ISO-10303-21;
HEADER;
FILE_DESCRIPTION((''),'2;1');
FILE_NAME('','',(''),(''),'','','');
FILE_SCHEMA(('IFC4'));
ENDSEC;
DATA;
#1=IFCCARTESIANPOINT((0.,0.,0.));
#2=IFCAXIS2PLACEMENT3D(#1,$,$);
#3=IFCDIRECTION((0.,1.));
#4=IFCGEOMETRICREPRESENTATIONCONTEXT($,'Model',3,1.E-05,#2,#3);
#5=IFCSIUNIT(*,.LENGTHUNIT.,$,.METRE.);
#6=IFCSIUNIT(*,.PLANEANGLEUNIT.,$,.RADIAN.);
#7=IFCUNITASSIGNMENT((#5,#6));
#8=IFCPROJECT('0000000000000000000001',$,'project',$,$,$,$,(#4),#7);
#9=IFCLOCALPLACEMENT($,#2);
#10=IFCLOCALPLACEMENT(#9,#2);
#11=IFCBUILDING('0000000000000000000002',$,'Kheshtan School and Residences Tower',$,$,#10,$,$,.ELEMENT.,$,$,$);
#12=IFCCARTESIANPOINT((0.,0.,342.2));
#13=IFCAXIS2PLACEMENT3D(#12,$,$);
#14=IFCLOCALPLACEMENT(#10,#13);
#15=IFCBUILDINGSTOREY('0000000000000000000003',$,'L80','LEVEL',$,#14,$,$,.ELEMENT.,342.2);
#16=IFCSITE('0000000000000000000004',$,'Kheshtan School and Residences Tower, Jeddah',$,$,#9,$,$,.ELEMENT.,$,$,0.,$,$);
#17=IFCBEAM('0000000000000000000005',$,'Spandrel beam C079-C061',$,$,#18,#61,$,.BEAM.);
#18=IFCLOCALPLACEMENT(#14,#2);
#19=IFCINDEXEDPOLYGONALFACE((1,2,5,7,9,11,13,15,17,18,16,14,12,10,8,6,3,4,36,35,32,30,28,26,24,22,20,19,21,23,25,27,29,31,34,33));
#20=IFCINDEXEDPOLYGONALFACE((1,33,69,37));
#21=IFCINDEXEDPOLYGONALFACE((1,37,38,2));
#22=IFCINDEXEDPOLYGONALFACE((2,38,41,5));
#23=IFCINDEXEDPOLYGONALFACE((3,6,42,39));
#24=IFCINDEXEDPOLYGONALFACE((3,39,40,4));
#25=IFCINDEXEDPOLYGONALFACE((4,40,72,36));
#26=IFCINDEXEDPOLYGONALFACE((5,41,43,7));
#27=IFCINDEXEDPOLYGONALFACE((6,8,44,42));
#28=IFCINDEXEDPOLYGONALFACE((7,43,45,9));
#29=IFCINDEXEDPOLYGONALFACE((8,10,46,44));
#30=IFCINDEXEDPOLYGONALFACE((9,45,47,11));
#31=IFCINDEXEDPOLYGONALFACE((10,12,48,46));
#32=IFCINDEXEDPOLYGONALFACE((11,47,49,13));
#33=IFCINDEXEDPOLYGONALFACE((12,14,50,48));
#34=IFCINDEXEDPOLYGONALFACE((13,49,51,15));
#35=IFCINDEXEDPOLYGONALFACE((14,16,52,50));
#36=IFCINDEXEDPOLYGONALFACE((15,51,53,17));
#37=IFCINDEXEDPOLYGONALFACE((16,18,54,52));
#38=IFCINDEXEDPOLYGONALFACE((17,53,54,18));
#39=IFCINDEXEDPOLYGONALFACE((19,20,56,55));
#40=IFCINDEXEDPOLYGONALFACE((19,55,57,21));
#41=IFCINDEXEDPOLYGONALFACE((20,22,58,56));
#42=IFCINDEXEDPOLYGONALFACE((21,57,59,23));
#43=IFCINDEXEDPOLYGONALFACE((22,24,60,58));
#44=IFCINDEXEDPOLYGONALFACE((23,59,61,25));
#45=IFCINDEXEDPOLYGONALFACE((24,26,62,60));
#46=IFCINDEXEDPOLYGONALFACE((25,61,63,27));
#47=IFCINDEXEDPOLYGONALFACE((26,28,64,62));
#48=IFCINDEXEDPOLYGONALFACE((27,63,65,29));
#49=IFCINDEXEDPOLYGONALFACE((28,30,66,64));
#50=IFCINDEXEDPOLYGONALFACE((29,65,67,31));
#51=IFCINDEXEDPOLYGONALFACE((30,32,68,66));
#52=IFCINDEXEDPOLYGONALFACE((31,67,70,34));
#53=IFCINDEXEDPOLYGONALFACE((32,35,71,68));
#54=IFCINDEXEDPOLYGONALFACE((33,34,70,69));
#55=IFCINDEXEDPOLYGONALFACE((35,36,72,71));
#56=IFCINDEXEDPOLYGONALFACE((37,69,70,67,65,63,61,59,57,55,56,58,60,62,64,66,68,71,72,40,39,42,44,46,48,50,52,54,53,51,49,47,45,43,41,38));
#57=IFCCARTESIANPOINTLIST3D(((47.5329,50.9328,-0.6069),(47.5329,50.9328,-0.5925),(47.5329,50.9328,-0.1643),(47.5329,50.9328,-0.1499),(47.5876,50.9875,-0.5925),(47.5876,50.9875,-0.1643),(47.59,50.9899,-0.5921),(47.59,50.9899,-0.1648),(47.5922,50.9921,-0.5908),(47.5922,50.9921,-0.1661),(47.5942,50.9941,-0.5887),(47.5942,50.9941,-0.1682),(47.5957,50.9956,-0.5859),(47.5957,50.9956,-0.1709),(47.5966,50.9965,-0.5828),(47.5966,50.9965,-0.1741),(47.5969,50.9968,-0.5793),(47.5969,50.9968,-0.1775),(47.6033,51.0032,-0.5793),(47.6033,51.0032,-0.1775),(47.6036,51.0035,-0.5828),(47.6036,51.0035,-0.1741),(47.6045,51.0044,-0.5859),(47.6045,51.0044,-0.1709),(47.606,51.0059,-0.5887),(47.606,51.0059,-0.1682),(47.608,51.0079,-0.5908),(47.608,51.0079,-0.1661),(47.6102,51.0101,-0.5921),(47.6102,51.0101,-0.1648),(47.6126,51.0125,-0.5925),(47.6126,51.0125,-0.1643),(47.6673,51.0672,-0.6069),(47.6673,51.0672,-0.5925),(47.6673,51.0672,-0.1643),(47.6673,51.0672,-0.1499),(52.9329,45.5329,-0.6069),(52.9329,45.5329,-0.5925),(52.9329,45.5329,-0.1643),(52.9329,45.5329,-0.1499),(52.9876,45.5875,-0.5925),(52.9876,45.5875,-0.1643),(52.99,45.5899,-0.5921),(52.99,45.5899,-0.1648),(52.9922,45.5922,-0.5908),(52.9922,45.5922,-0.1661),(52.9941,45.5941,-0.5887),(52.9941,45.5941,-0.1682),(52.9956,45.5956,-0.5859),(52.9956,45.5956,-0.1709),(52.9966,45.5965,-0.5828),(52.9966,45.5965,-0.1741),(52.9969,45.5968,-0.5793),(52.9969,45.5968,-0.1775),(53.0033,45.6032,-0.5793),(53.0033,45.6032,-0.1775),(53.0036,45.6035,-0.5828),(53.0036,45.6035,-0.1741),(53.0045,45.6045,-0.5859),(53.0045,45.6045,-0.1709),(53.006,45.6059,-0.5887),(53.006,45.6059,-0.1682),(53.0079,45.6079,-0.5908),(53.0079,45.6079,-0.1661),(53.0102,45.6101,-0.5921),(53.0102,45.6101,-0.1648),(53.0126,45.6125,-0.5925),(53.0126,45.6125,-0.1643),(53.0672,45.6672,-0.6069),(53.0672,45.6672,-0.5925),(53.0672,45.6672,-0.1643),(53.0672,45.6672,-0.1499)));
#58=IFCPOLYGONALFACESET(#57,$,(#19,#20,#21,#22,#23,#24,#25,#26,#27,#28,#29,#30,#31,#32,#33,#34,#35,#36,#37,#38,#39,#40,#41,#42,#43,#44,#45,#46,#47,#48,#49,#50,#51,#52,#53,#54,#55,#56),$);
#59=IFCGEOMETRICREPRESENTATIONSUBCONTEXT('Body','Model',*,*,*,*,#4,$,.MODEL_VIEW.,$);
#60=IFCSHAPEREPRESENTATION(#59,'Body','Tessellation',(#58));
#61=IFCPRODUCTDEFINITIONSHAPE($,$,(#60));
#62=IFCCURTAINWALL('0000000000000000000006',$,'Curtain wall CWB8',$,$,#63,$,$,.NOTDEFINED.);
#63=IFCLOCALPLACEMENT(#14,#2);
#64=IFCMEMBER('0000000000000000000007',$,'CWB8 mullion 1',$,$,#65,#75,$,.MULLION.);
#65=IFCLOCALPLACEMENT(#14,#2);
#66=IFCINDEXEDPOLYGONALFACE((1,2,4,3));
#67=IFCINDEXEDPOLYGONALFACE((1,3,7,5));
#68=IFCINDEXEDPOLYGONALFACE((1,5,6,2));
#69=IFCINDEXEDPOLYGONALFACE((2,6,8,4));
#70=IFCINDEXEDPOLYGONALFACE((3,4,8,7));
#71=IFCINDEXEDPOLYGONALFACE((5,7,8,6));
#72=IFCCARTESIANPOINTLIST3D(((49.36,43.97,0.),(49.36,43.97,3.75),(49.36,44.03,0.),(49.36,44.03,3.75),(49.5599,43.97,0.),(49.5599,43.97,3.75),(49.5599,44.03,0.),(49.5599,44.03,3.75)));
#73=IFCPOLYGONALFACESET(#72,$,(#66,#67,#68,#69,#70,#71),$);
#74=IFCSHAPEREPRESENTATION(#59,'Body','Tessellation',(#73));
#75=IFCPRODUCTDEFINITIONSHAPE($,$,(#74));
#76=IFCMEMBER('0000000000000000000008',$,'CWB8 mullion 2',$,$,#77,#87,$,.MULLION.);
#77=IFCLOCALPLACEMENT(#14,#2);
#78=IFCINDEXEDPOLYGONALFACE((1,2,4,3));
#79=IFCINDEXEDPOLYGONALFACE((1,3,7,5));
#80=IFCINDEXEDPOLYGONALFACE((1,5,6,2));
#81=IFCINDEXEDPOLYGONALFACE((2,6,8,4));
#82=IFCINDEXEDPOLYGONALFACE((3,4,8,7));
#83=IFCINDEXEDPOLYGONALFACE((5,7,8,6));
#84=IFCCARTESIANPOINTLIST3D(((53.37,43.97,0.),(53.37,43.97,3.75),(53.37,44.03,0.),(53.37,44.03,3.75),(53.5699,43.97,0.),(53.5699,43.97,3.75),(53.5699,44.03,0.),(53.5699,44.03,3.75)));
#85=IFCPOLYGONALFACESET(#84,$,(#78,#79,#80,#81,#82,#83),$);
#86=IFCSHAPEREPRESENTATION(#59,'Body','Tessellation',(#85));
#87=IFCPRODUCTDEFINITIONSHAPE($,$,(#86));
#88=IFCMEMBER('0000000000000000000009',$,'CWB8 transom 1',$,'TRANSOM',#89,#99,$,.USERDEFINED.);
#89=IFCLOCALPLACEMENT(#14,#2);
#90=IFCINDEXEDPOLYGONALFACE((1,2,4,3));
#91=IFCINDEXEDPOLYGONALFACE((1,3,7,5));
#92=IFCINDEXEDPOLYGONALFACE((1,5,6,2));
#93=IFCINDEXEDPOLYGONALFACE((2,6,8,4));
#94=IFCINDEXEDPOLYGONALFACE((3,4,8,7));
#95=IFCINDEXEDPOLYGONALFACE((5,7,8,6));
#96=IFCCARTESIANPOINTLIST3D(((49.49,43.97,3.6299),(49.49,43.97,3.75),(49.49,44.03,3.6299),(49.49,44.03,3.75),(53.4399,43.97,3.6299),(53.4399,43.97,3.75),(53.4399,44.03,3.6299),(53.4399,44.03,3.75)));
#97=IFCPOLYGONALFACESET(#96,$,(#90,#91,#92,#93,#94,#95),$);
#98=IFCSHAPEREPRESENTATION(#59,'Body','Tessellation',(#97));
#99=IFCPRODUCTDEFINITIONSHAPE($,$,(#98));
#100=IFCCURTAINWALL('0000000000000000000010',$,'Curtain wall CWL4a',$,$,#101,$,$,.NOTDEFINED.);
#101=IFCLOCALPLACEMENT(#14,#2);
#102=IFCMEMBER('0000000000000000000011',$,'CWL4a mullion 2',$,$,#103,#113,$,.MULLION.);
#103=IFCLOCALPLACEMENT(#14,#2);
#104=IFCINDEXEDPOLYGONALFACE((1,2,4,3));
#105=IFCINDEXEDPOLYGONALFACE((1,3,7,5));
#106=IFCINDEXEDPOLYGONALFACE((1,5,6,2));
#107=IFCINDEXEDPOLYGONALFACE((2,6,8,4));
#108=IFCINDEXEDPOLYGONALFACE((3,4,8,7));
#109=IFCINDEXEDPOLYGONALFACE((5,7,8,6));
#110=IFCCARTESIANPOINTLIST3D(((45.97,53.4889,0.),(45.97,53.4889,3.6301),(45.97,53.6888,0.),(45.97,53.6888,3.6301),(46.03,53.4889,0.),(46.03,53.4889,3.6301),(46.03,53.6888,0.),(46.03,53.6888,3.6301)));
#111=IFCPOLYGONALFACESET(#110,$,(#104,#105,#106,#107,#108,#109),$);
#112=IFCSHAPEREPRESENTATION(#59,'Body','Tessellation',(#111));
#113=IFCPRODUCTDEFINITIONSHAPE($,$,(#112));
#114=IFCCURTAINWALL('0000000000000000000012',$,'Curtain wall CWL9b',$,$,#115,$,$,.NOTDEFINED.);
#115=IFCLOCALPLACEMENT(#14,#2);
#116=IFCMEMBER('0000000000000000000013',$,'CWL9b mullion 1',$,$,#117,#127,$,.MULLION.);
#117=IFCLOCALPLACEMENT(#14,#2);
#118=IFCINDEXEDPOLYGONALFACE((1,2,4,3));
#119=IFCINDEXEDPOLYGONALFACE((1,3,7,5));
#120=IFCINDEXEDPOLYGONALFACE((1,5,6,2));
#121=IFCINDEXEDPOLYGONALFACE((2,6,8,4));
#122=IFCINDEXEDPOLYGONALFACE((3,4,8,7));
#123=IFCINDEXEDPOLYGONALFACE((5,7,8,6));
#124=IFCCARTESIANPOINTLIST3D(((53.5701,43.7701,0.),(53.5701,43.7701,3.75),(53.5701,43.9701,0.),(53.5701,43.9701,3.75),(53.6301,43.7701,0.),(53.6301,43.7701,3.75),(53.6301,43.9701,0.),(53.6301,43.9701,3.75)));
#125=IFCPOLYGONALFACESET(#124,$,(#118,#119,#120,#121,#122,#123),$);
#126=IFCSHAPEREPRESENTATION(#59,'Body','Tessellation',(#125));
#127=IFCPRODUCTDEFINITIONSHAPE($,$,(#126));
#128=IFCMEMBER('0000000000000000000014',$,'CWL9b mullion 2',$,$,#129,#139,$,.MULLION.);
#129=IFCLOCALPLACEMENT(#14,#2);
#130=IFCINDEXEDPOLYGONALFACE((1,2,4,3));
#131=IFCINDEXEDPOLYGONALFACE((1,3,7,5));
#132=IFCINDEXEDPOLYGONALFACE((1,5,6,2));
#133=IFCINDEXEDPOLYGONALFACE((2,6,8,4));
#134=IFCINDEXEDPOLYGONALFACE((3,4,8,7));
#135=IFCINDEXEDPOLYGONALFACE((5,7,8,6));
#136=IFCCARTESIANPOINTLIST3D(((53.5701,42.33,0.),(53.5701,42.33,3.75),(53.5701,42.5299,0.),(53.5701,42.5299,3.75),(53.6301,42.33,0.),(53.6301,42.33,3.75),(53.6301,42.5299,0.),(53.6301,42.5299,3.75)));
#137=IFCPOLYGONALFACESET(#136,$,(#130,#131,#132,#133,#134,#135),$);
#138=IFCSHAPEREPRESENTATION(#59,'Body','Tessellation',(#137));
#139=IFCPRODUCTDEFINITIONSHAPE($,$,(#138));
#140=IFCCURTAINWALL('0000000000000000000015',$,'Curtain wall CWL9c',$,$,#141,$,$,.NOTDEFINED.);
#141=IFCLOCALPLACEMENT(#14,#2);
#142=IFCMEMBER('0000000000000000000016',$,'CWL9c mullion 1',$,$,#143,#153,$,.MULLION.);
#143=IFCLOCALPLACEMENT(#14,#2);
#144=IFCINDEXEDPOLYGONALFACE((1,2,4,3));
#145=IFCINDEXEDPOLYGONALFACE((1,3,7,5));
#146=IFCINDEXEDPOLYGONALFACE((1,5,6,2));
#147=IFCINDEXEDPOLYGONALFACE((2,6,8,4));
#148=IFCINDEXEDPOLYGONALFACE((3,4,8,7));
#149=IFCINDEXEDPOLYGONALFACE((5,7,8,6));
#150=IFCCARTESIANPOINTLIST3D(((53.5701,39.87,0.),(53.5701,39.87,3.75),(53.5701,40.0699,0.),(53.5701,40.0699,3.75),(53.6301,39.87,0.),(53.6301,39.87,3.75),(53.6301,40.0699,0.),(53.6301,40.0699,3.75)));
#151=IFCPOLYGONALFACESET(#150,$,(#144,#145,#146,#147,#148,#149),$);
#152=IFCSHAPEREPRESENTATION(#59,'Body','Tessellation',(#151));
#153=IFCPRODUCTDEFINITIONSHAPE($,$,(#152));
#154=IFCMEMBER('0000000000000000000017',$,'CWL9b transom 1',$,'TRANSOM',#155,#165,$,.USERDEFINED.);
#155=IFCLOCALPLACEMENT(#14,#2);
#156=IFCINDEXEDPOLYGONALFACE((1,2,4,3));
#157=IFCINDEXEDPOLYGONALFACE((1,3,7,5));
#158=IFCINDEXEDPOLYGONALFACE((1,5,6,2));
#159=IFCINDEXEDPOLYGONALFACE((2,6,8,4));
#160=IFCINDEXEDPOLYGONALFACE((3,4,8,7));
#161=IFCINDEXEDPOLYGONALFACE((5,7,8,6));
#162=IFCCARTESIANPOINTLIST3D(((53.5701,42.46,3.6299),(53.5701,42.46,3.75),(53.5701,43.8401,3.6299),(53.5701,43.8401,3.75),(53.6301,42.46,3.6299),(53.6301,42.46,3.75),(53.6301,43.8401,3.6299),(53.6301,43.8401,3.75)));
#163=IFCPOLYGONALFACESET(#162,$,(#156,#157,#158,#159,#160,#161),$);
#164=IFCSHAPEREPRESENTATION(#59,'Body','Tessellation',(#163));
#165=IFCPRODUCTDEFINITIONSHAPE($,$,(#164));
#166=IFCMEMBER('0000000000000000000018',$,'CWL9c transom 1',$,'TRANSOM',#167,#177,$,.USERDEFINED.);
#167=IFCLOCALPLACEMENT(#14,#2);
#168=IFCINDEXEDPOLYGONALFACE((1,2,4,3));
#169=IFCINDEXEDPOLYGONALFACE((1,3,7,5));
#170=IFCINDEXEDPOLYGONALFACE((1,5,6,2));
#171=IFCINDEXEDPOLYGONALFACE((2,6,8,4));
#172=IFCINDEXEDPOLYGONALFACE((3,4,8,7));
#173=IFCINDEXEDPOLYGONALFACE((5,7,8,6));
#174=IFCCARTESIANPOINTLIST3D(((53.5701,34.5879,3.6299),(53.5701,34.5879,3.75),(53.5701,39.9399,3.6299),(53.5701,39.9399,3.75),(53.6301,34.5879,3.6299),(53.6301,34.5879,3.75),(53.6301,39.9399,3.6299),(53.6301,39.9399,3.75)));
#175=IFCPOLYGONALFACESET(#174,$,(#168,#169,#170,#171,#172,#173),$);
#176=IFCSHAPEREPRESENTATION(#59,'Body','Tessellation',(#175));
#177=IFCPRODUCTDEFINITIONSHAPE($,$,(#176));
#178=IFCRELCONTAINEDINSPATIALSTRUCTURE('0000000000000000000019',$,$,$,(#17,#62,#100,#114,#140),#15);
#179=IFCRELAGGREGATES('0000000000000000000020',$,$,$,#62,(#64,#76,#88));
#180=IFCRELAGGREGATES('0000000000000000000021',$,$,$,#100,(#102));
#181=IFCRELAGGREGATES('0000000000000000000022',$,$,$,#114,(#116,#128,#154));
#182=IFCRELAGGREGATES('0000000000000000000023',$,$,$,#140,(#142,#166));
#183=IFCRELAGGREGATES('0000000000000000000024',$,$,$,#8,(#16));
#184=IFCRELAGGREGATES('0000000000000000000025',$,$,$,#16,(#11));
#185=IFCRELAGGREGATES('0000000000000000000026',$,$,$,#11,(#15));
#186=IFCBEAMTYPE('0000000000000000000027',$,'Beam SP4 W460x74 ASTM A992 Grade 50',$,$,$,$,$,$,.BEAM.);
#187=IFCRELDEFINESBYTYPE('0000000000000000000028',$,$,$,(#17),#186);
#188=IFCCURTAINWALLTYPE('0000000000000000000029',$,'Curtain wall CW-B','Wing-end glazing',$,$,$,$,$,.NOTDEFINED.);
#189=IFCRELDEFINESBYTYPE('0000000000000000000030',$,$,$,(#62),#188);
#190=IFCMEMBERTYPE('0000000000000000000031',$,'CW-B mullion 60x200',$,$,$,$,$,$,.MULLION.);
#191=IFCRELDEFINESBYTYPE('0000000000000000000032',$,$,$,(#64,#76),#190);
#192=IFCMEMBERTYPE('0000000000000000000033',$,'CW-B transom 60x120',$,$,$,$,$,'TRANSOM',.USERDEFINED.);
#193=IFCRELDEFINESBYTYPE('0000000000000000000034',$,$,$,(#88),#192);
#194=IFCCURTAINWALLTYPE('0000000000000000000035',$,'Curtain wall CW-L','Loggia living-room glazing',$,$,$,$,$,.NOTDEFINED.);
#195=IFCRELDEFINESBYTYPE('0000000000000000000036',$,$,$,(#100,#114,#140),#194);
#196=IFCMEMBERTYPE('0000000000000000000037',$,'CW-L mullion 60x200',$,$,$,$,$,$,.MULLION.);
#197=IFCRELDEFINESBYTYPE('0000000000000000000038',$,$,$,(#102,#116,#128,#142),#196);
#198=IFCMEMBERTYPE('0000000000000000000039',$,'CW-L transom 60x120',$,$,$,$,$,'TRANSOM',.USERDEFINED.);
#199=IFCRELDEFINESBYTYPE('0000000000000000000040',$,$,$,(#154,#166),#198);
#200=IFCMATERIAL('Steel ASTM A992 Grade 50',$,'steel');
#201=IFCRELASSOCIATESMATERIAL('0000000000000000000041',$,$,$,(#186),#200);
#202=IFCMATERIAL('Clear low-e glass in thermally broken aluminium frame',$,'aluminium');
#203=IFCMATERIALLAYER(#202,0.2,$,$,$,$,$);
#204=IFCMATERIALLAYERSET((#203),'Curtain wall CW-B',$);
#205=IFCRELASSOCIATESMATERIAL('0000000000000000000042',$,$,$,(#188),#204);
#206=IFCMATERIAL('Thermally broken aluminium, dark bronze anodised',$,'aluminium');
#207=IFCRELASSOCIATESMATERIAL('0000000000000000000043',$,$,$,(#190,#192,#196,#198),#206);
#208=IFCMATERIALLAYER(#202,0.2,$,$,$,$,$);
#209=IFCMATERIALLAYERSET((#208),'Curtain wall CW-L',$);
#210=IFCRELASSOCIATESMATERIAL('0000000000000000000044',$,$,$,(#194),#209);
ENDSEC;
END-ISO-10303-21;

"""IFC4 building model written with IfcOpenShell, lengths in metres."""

from ifc_helpers import new_model, si_unit, direction, frame, origin, origin_2d, place, context, subcontext, project, spatial, rectangle, i_section, extrude, material, layer, layer_set, material_profile, profile_set, type_object, element, aggregate, save


model = new_model("IFC4")

# Units and contexts
model_context = context("Model", 3, precision=1e-05, world=origin(), true_north=direction((0.0, 1.0)))
body_context = subcontext(model_context, "Body", "Model", "MODEL_VIEW")
ifc_project = project(units=[si_unit("LENGTHUNIT", "METRE"), si_unit("PLANEANGLEUNIT", "RADIAN")], contexts=[model_context])

# Site, building, storey
site_placement = place(None, origin())
site = spatial("IfcSite", under=ifc_project, at=site_placement, Name="Kheshtan School and Residences Tower, Jeddah", CompositionType="ELEMENT", RefElevation=0.0)
building_placement = place(site_placement, origin())
building = spatial("IfcBuilding", under=site, at=building_placement, Name="Kheshtan School and Residences Tower", CompositionType="ELEMENT")
storey_placement = place(building_placement, frame((0.0, 0.0, 342.2)))
storey = spatial("IfcBuildingStorey", under=building, at=storey_placement, Name="L80", Description="LEVEL", CompositionType="ELEMENT", Elevation=342.2)

# Shared definitions
ifc_material_1 = material(Name="Steel ASTM A992 Grade 50", Category="steel")

# Beam
ifc_material_profile_1 = material_profile(ifc_material_1, i_section(OverallWidth=0.1899, OverallDepth=0.457, WebThickness=0.009, FlangeThickness=0.0144, FilletRadius=0.0132, at=origin_2d()), Name="W460x74")
ifc_profile_set_1 = profile_set([ifc_material_profile_1], Name="Steel ASTM A992 Grade 50")
beam_type_1 = type_object("IfcBeamType", Name="Beam SP4 W460x74 ASTM A992 Grade 50", PredefinedType="BEAM", material=ifc_profile_set_1)
beam_1_placement = place(storey_placement, frame((47.6001, 51.0, -0.3784), z_axis=(0.707107, -0.707107, 0.0), x_axis=(0.707107, 0.707107, 0.0)))
element("IfcBeam", 1, at=beam_1_placement, inside=storey, type_object=beam_type_1, Name="Spandrel beam C079-C061", PredefinedType="BEAM", context=body_context, shape_type="SweptSolid", body=[
    extrude(i_section(OverallWidth=0.1899, OverallDepth=0.457, WebThickness=0.009, FlangeThickness=0.0144, FilletRadius=0.0132, at=origin_2d()), origin(), (0.0, 0.0, 1.0), 7.6367),
])

# Curtain wall, members
ifc_material_2 = material(Name="Clear low-e glass in thermally broken aluminium frame", Category="aluminium")
ifc_layer_1 = layer(ifc_material_2, 0.2)
ifc_layer_set_1 = layer_set([ifc_layer_1], Name="Curtain wall CW-B")
curtain_wall_type_1 = type_object("IfcCurtainWallType", Name="Curtain wall CW-B", Description="Wing-end glazing", PredefinedType="NOTDEFINED", material=ifc_layer_set_1)
curtain_wall_1_placement = place(storey_placement, origin())
curtain_wall_1 = element("IfcCurtainWall", 2, at=curtain_wall_1_placement, inside=storey, type_object=curtain_wall_type_1, Name="Curtain wall CWB8", PredefinedType="NOTDEFINED")
ifc_material_3 = material(Name="Thermally broken aluminium, dark bronze anodised", Category="aluminium")
ifc_material_profile_2 = material_profile(ifc_material_3, rectangle(XDim=0.0601, YDim=0.2, at=origin_2d()), Name="CW-B mullion 60x200")
ifc_profile_set_2 = profile_set([ifc_material_profile_2], Name="Thermally broken aluminium, dark bronze anodised")
member_type_1 = type_object("IfcMemberType", Name="CW-B mullion 60x200", PredefinedType="MULLION", material=ifc_profile_set_2)
member_1_placement = place(storey_placement, frame((49.46, 44.0, 0.0), z_axis=(0.0, 0.0, 1.0), x_axis=(0.0, 1.0, 0.0)))
member_1 = element("IfcMember", 3, at=member_1_placement, type_object=member_type_1, Name="CWB8 mullion 1", PredefinedType="MULLION", context=body_context, shape_type="SweptSolid", body=[
    extrude(rectangle(XDim=0.0601, YDim=0.2, at=origin_2d()), origin(), (0.0, 0.0, 1.0), 3.75),
])
member_2_placement = place(storey_placement, frame((53.47, 44.0, 0.0), z_axis=(0.0, 0.0, 1.0), x_axis=(0.0, 1.0, 0.0)))
member_2 = element("IfcMember", 4, at=member_2_placement, type_object=member_type_1, Name="CWB8 mullion 2", PredefinedType="MULLION", context=body_context, shape_type="SweptSolid", body=[
    extrude(rectangle(XDim=0.0601, YDim=0.2, at=origin_2d()), origin(), (0.0, 0.0, 1.0), 3.75),
])
ifc_material_profile_3 = material_profile(ifc_material_3, rectangle(XDim=0.0601, YDim=0.1201, at=origin_2d()), Name="CW-B transom 60x120")
ifc_profile_set_3 = profile_set([ifc_material_profile_3], Name="Thermally broken aluminium, dark bronze anodised")
member_type_2 = type_object("IfcMemberType", Name="CW-B transom 60x120", ElementType="TRANSOM", PredefinedType="USERDEFINED", material=ifc_profile_set_3)
member_3_placement = place(storey_placement, frame((49.49, 44.0, 3.6899), z_axis=(1.0, 0.0, 0.0), x_axis=(0.0, 1.0, 0.0)))
member_3 = element("IfcMember", 5, at=member_3_placement, type_object=member_type_2, Name="CWB8 transom 1", ObjectType="TRANSOM", PredefinedType="USERDEFINED", context=body_context, shape_type="SweptSolid", body=[
    extrude(rectangle(XDim=0.0601, YDim=0.1201, at=origin_2d()), origin(), (0.0, 0.0, 1.0), 3.95),
])

# Curtain wall, member
ifc_layer_2 = layer(ifc_material_2, 0.2)
ifc_layer_set_2 = layer_set([ifc_layer_2], Name="Curtain wall CW-L")
curtain_wall_type_2 = type_object("IfcCurtainWallType", Name="Curtain wall CW-L", Description="Loggia living-room glazing", PredefinedType="NOTDEFINED", material=ifc_layer_set_2)
curtain_wall_2_placement = place(storey_placement, origin())
curtain_wall_2 = element("IfcCurtainWall", 6, at=curtain_wall_2_placement, inside=storey, type_object=curtain_wall_type_2, Name="Curtain wall CWL4a", PredefinedType="NOTDEFINED")
ifc_material_profile_4 = material_profile(ifc_material_3, rectangle(XDim=0.0601, YDim=0.2, at=origin_2d()), Name="CW-L mullion 60x200")
ifc_profile_set_4 = profile_set([ifc_material_profile_4], Name="Thermally broken aluminium, dark bronze anodised")
member_type_3 = type_object("IfcMemberType", Name="CW-L mullion 60x200", PredefinedType="MULLION", material=ifc_profile_set_4)
member_4_placement = place(storey_placement, frame((46.0, 53.5889, 0.0), z_axis=(0.0, 0.0, 1.0), x_axis=(1.0, 0.0, 0.0)))
member_4 = element("IfcMember", 7, at=member_4_placement, type_object=member_type_3, Name="CWL4a mullion 2", PredefinedType="MULLION", context=body_context, shape_type="SweptSolid", body=[
    extrude(rectangle(XDim=0.0601, YDim=0.2, at=origin_2d()), origin(), (0.0, 0.0, 1.0), 3.6301),
])

# Curtain wall, members
curtain_wall_3_placement = place(storey_placement, origin())
curtain_wall_3 = element("IfcCurtainWall", 8, at=curtain_wall_3_placement, inside=storey, type_object=curtain_wall_type_2, Name="Curtain wall CWL9b", PredefinedType="NOTDEFINED")
member_5_placement = place(storey_placement, frame((53.6001, 43.8701, 0.0), z_axis=(0.0, 0.0, 1.0), x_axis=(1.0, 0.0, 0.0)))
member_5 = element("IfcMember", 9, at=member_5_placement, type_object=member_type_3, Name="CWL9b mullion 1", PredefinedType="MULLION", context=body_context, shape_type="SweptSolid", body=[
    extrude(rectangle(XDim=0.0601, YDim=0.2, at=origin_2d()), origin(), (0.0, 0.0, 1.0), 3.75),
])
member_6_placement = place(storey_placement, frame((53.6001, 42.4299, 0.0), z_axis=(0.0, 0.0, 1.0), x_axis=(1.0, 0.0, 0.0)))
member_6 = element("IfcMember", 10, at=member_6_placement, type_object=member_type_3, Name="CWL9b mullion 2", PredefinedType="MULLION", context=body_context, shape_type="SweptSolid", body=[
    extrude(rectangle(XDim=0.0601, YDim=0.2, at=origin_2d()), origin(), (0.0, 0.0, 1.0), 3.75),
])

# Curtain wall, member
curtain_wall_4_placement = place(storey_placement, origin())
curtain_wall_4 = element("IfcCurtainWall", 11, at=curtain_wall_4_placement, inside=storey, type_object=curtain_wall_type_2, Name="Curtain wall CWL9c", PredefinedType="NOTDEFINED")
member_7_placement = place(storey_placement, frame((53.6001, 39.97, 0.0), z_axis=(0.0, 0.0, 1.0), x_axis=(1.0, 0.0, 0.0)))
member_7 = element("IfcMember", 12, at=member_7_placement, type_object=member_type_3, Name="CWL9c mullion 1", PredefinedType="MULLION", context=body_context, shape_type="SweptSolid", body=[
    extrude(rectangle(XDim=0.0601, YDim=0.2, at=origin_2d()), origin(), (0.0, 0.0, 1.0), 3.75),
])

# Members
ifc_material_profile_5 = material_profile(ifc_material_3, rectangle(XDim=0.0601, YDim=0.1201, at=origin_2d()), Name="CW-L transom 60x120")
ifc_profile_set_5 = profile_set([ifc_material_profile_5], Name="Thermally broken aluminium, dark bronze anodised")
member_type_4 = type_object("IfcMemberType", Name="CW-L transom 60x120", ElementType="TRANSOM", PredefinedType="USERDEFINED", material=ifc_profile_set_5)
member_8_placement = place(storey_placement, frame((53.6001, 43.8401, 3.6899), z_axis=(0.0, -1.0, 0.0), x_axis=(1.0, 0.0, 0.0)))
member_8 = element("IfcMember", 13, at=member_8_placement, type_object=member_type_4, Name="CWL9b transom 1", ObjectType="TRANSOM", PredefinedType="USERDEFINED", context=body_context, shape_type="SweptSolid", body=[
    extrude(rectangle(XDim=0.0601, YDim=0.1201, at=origin_2d()), origin(), (0.0, 0.0, 1.0), 1.3801),
])
member_9_placement = place(storey_placement, frame((53.6001, 39.9399, 3.6899), z_axis=(0.0, -1.0, 0.0), x_axis=(1.0, 0.0, 0.0)))
member_9 = element("IfcMember", 14, at=member_9_placement, type_object=member_type_4, Name="CWL9c transom 1", ObjectType="TRANSOM", PredefinedType="USERDEFINED", context=body_context, shape_type="SweptSolid", body=[
    extrude(rectangle(XDim=0.0601, YDim=0.1201, at=origin_2d()), origin(), (0.0, 0.0, 1.0), 5.3521),
])

aggregate(curtain_wall_1, [member_1, member_2, member_3])
aggregate(curtain_wall_2, [member_4])
aggregate(curtain_wall_3, [member_5, member_6, member_8])
aggregate(curtain_wall_4, [member_7, member_9])

save(model, "model.ifc")
